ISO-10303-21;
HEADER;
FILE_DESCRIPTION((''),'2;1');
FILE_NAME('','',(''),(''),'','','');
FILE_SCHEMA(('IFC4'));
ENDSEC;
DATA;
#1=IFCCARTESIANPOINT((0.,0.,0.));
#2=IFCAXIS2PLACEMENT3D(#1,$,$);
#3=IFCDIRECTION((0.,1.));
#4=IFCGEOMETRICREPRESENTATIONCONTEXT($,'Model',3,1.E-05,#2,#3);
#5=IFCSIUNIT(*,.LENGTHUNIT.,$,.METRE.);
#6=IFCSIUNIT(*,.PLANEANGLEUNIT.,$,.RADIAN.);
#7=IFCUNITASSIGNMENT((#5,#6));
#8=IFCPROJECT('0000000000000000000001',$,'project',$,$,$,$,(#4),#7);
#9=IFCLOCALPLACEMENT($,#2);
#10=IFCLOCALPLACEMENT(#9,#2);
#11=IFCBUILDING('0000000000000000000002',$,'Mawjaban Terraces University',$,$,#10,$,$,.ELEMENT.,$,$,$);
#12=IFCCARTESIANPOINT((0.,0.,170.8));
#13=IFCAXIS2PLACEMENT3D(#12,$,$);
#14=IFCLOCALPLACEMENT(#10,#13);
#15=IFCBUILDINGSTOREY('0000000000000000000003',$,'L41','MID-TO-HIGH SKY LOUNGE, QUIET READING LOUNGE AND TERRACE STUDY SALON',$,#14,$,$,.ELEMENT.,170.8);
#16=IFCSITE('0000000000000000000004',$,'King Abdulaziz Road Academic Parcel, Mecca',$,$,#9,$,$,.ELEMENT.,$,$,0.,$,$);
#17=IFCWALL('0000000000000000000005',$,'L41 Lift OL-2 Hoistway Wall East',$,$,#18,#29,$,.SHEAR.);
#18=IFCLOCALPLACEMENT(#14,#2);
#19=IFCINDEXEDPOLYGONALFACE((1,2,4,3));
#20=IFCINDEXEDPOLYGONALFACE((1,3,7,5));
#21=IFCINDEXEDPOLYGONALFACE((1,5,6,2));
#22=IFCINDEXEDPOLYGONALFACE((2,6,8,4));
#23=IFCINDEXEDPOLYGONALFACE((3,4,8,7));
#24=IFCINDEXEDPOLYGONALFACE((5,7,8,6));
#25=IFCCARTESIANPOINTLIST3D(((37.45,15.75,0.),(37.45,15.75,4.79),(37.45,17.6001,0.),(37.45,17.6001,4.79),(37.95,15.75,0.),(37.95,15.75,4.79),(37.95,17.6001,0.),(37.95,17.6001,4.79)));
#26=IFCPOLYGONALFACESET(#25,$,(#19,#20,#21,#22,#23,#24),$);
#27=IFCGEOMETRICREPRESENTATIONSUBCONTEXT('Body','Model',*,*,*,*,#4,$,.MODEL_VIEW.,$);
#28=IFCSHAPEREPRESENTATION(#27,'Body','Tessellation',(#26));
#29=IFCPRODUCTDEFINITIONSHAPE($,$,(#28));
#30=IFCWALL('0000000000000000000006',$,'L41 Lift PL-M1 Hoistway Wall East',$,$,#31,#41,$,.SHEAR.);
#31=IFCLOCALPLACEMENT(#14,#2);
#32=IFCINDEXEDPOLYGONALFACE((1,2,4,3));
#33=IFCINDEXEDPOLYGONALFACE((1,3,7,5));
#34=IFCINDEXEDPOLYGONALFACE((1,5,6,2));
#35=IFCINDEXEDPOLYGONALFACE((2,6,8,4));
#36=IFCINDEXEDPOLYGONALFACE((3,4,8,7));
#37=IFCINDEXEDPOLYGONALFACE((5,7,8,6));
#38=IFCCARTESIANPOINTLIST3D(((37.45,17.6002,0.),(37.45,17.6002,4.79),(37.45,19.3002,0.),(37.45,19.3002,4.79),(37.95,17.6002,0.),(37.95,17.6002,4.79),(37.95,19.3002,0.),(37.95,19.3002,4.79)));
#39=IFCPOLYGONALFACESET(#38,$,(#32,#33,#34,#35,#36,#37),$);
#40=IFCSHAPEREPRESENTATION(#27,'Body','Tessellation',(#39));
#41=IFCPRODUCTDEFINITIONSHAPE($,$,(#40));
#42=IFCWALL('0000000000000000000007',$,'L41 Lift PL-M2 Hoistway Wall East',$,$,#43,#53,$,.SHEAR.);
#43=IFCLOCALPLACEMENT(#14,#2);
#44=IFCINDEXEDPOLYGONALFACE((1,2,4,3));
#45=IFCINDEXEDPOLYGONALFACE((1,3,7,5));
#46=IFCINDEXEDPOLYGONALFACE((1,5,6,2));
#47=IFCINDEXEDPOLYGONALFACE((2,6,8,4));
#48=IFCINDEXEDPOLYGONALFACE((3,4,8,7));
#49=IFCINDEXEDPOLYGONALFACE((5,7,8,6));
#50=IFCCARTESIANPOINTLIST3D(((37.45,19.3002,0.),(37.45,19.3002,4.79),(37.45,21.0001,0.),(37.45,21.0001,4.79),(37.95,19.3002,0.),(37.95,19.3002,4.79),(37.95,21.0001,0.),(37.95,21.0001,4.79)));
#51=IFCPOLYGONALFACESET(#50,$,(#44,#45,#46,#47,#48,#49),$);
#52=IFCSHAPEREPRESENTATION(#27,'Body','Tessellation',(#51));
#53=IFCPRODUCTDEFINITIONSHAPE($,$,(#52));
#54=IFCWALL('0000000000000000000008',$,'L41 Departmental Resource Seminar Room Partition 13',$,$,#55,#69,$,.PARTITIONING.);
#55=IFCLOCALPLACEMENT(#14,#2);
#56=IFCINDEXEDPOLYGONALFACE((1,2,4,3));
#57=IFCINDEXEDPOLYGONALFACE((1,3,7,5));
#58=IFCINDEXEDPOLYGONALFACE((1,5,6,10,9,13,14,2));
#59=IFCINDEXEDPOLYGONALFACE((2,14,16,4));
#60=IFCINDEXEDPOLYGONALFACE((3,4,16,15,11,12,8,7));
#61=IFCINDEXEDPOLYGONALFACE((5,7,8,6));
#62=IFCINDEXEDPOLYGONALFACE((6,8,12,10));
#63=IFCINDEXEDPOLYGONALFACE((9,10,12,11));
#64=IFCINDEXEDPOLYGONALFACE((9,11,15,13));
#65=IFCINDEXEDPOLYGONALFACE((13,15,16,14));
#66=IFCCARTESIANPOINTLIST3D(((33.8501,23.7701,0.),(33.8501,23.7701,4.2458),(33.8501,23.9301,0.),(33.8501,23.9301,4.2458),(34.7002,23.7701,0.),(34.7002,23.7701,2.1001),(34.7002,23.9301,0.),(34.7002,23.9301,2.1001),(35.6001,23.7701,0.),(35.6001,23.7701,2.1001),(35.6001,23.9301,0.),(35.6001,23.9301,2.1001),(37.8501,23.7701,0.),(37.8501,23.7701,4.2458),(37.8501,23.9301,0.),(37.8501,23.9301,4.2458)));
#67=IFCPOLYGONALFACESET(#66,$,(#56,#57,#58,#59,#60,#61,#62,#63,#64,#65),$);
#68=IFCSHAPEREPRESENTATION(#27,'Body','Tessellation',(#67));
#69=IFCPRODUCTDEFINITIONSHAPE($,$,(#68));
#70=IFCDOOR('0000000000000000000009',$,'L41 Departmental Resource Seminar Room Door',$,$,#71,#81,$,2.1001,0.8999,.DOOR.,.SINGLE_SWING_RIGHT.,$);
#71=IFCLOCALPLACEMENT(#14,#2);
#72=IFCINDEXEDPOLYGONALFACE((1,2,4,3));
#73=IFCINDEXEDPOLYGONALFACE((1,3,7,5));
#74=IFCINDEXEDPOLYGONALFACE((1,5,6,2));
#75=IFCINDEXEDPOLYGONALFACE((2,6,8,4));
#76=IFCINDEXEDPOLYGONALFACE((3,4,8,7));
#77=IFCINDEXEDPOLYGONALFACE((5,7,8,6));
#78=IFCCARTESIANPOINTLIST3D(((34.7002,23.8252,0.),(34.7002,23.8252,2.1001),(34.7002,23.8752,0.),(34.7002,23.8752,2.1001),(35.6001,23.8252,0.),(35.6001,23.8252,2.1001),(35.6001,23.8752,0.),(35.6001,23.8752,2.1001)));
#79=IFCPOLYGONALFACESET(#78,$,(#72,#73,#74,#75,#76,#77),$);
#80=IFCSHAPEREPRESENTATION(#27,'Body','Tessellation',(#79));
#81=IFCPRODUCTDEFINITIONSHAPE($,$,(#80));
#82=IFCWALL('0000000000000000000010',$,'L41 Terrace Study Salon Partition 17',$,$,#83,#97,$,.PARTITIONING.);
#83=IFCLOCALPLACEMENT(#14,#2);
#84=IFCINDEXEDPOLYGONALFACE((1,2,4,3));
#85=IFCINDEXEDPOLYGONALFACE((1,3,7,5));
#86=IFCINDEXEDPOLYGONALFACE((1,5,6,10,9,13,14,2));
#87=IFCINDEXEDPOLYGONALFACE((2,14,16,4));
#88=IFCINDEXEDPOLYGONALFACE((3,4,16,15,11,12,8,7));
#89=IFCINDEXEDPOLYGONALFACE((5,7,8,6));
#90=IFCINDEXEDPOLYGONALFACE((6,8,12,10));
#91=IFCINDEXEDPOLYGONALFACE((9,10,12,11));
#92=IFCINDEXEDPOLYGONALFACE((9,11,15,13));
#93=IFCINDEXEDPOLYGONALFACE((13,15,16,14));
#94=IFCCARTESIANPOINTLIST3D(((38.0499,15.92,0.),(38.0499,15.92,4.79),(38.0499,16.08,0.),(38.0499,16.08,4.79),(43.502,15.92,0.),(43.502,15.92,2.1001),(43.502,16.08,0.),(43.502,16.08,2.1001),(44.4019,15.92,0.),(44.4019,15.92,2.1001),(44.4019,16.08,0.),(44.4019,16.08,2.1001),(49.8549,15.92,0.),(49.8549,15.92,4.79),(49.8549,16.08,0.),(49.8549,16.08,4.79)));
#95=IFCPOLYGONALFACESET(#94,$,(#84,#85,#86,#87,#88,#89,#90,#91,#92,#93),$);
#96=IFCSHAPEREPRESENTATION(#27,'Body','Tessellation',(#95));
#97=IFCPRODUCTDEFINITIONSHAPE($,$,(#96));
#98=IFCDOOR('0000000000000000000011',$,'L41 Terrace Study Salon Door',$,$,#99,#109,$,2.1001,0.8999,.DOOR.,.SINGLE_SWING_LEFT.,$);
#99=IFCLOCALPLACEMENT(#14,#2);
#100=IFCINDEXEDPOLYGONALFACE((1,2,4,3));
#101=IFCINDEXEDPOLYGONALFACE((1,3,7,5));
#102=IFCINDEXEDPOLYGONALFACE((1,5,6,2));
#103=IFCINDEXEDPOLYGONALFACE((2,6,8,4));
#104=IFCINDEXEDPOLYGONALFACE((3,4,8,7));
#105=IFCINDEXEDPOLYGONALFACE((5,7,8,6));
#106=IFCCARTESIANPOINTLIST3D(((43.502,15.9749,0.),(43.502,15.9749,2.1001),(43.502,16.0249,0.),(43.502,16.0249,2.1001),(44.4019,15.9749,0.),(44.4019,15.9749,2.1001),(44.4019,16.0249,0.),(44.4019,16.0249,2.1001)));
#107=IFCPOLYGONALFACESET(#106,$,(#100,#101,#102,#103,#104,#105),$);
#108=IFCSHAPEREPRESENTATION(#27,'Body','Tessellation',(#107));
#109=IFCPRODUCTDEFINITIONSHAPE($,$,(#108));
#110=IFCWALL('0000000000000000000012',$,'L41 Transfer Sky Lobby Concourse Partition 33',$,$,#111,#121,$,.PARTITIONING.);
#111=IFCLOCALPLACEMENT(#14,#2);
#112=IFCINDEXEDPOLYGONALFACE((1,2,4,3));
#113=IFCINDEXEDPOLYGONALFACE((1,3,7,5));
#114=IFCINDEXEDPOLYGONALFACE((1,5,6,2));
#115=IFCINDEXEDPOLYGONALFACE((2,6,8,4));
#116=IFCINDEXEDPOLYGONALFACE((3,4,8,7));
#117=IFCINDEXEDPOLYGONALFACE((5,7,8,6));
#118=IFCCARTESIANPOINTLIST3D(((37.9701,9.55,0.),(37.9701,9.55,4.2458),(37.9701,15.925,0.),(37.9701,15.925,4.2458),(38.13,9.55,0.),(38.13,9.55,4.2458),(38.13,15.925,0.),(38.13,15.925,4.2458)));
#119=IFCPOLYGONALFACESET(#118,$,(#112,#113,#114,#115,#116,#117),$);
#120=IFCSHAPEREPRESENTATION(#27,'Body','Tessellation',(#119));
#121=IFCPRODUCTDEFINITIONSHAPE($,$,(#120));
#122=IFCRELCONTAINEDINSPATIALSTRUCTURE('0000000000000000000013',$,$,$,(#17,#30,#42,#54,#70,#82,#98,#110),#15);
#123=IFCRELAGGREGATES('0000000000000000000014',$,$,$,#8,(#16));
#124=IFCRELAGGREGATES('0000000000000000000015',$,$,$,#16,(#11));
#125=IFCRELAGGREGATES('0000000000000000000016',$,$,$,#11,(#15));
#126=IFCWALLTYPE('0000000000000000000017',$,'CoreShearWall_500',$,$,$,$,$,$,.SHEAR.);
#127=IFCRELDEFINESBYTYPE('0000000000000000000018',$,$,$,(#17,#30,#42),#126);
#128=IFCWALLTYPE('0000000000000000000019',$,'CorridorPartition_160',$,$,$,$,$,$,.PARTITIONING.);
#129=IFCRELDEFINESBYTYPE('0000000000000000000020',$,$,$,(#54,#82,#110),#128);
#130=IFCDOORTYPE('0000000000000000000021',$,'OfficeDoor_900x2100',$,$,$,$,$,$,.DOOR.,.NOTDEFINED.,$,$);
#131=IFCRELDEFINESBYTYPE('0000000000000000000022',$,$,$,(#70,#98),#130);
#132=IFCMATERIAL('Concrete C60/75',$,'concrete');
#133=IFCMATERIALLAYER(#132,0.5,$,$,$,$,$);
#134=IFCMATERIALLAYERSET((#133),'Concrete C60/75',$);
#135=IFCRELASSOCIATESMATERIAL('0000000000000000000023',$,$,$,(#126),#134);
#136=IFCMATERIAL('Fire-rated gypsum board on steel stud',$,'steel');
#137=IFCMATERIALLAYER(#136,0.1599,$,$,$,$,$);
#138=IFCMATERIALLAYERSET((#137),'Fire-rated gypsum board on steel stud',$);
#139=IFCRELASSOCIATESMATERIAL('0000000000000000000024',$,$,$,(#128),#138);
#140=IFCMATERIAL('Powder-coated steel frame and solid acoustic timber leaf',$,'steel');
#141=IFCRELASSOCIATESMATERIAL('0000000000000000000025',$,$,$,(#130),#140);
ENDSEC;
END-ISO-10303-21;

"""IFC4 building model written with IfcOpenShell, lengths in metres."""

from ifc_helpers import new_model, si_unit, direction, frame, frame_2d, origin, place, context, subcontext, project, spatial, rectangle, extrude, material, layer, layer_set, type_object, element, fill, save


model = new_model("IFC4")

# Units and contexts
model_context = context("Model", 3, precision=1e-05, world=origin(), true_north=direction((0.0, 1.0)))
body_context = subcontext(model_context, "Body", "Model", "MODEL_VIEW")
ifc_project = project(units=[si_unit("LENGTHUNIT", "METRE"), si_unit("PLANEANGLEUNIT", "RADIAN")], contexts=[model_context])

# Site, building, storey
site_placement = place(None, origin())
site = spatial("IfcSite", under=ifc_project, at=site_placement, Name="King Abdulaziz Road Academic Parcel, Mecca", CompositionType="ELEMENT", RefElevation=0.0)
building_placement = place(site_placement, origin())
building = spatial("IfcBuilding", under=site, at=building_placement, Name="Mawjaban Terraces University", CompositionType="ELEMENT")
storey_placement = place(building_placement, frame((0.0, 0.0, 170.8)))
storey = spatial("IfcBuildingStorey", under=building, at=storey_placement, Name="L41", Description="MID-TO-HIGH SKY LOUNGE, QUIET READING LOUNGE AND TERRACE STUDY SALON", CompositionType="ELEMENT", Elevation=170.8)

# Shared definitions
ifc_material_1 = material(Name="Concrete C60/75", Category="concrete")

# Walls
ifc_layer_1 = layer(ifc_material_1, 0.5)
ifc_layer_set_1 = layer_set([ifc_layer_1], Name="Concrete C60/75")
wall_type_1 = type_object("IfcWallType", Name="CoreShearWall_500", PredefinedType="SHEAR", material=ifc_layer_set_1)
for number, where, z_axis, x_axis, name in (
    (1, (37.7, 15.75, 0.0), (0.0, 0.0, 1.0), (0.0, 1.0, 0.0), "L41 Lift OL-2 Hoistway Wall East"),
):
    element("IfcWall", number, at=place(storey_placement, frame(where, z_axis=z_axis, x_axis=x_axis)), inside=storey, type_object=wall_type_1, Name=name, PredefinedType="SHEAR", context=body_context, shape_type="SweptSolid", body=[
        extrude(rectangle(XDim=1.8501, YDim=0.5, at=frame_2d((0.925, 0.0))), origin(), (0.0, 0.0, 1.0), 4.79),
    ])
for number, where, z_axis, x_axis, name in (
    (2, (37.7, 17.6001, 0.0), (0.0, 0.0, 1.0), (0.0, 1.0, 0.0), "L41 Lift PL-M1 Hoistway Wall East"),
    (3, (37.7, 19.3, 0.0), (0.0, 0.0, 1.0), (0.0, 1.0, 0.0), "L41 Lift PL-M2 Hoistway Wall East"),
):
    element("IfcWall", number, at=place(storey_placement, frame(where, z_axis=z_axis, x_axis=x_axis)), inside=storey, type_object=wall_type_1, Name=name, PredefinedType="SHEAR", context=body_context, shape_type="SweptSolid", body=[
        extrude(rectangle(XDim=1.7, YDim=0.5, at=frame_2d((0.8501, 0.0))), origin(), (0.0, 0.0, 1.0), 4.79),
    ])

# Walls, openings, doors
ifc_material_2 = material(Name="Fire-rated gypsum board on steel stud", Category="steel")
ifc_layer_2 = layer(ifc_material_2, 0.1599)
ifc_layer_set_2 = layer_set([ifc_layer_2], Name="Fire-rated gypsum board on steel stud")
wall_type_2 = type_object("IfcWallType", Name="CorridorPartition_160", PredefinedType="PARTITIONING", material=ifc_layer_set_2)
wall_1_placement = place(storey_placement, frame((37.8501, 23.8501, 0.0), z_axis=(0.0, 0.0, 1.0), x_axis=(-1.0, 0.0, 0.0)))
wall_1 = element("IfcWall", 4, at=wall_1_placement, inside=storey, type_object=wall_type_2, Name="L41 Departmental Resource Seminar Room Partition 13", PredefinedType="PARTITIONING", context=body_context, shape_type="SweptSolid", body=[
    extrude(rectangle(XDim=4.0, YDim=0.1599, at=frame_2d((2.0, 0.0))), origin(), (0.0, 0.0, 1.0), 4.2458),
])
opening_1_placement = place(wall_1_placement, frame((2.25, 0.0, 0.0)))
opening_1 = element("IfcOpeningElement", 5, at=opening_1_placement, cuts=wall_1, PredefinedType="OPENING", context=body_context, shape_type="SweptSolid", body=[
    extrude(rectangle(XDim=0.8999, YDim=2.1001, at=frame_2d((0.45, 1.05))), frame((0.0, 0.0898, 0.0), z_axis=(0.0, -1.0, 0.0), x_axis=(1.0, 0.0, 0.0)), (0.0, 0.0, 1.0), 0.1799),
])
ifc_material_3 = material(Name="Powder-coated steel frame and solid acoustic timber leaf", Category="steel")
door_type_1 = type_object("IfcDoorType", Name="OfficeDoor_900x2100", OperationType="NOTDEFINED", PredefinedType="DOOR", material=ifc_material_3)
door_1_placement = place(opening_1_placement, origin())
door_1 = element("IfcDoor", 6, at=door_1_placement, inside=storey, type_object=door_type_1, Name="L41 Departmental Resource Seminar Room Door", OperationType="SINGLE_SWING_RIGHT", OverallHeight=2.1001, OverallWidth=0.8999, PredefinedType="DOOR", context=body_context, shape_type="SweptSolid", body=[
    extrude(rectangle(XDim=0.8999, YDim=2.1001, at=frame_2d((0.45, 1.05))), frame((0.0, 0.0249, 0.0), z_axis=(0.0, -1.0, 0.0), x_axis=(1.0, 0.0, 0.0)), (0.0, 0.0, 1.0), 0.05),
])
fill(opening_1, door_1)
wall_2_placement = place(storey_placement, frame((38.05, 16.0, 0.0), z_axis=(0.0, 0.0, 1.0), x_axis=(1.0, 0.0, 0.0)))
wall_2 = element("IfcWall", 7, at=wall_2_placement, inside=storey, type_object=wall_type_2, Name="L41 Terrace Study Salon Partition 17", PredefinedType="PARTITIONING", context=body_context, shape_type="SweptSolid", body=[
    extrude(rectangle(XDim=11.8049, YDim=0.1599, at=frame_2d((5.9023, 0.0))), origin(), (0.0, 0.0, 1.0), 4.79),
])
opening_2_placement = place(wall_2_placement, frame((5.4519, 0.0, 0.0)))
opening_2 = element("IfcOpeningElement", 8, at=opening_2_placement, cuts=wall_2, PredefinedType="OPENING", context=body_context, shape_type="SweptSolid", body=[
    extrude(rectangle(XDim=0.8999, YDim=2.1001, at=frame_2d((0.45, 1.05))), frame((0.0, 0.0898, 0.0), z_axis=(0.0, -1.0, 0.0), x_axis=(1.0, 0.0, 0.0)), (0.0, 0.0, 1.0), 0.1799),
])
door_2_placement = place(opening_2_placement, origin())
door_2 = element("IfcDoor", 9, at=door_2_placement, inside=storey, type_object=door_type_1, Name="L41 Terrace Study Salon Door", OperationType="SINGLE_SWING_LEFT", OverallHeight=2.1001, OverallWidth=0.8999, PredefinedType="DOOR", context=body_context, shape_type="SweptSolid", body=[
    extrude(rectangle(XDim=0.8999, YDim=2.1001, at=frame_2d((0.45, 1.05))), frame((0.0, 0.0249, 0.0), z_axis=(0.0, -1.0, 0.0), x_axis=(1.0, 0.0, 0.0)), (0.0, 0.0, 1.0), 0.05),
])
fill(opening_2, door_2)

# Wall
wall_3_placement = place(storey_placement, frame((38.05, 15.925, 0.0), z_axis=(0.0, 0.0, 1.0), x_axis=(0.0, -1.0, 0.0)))
element("IfcWall", 10, at=wall_3_placement, inside=storey, type_object=wall_type_2, Name="L41 Transfer Sky Lobby Concourse Partition 33", PredefinedType="PARTITIONING", context=body_context, shape_type="SweptSolid", body=[
    extrude(rectangle(XDim=6.375, YDim=0.1599, at=frame_2d((3.1875, 0.0))), origin(), (0.0, 0.0, 1.0), 4.2458),
])

save(model, "model.ifc")
